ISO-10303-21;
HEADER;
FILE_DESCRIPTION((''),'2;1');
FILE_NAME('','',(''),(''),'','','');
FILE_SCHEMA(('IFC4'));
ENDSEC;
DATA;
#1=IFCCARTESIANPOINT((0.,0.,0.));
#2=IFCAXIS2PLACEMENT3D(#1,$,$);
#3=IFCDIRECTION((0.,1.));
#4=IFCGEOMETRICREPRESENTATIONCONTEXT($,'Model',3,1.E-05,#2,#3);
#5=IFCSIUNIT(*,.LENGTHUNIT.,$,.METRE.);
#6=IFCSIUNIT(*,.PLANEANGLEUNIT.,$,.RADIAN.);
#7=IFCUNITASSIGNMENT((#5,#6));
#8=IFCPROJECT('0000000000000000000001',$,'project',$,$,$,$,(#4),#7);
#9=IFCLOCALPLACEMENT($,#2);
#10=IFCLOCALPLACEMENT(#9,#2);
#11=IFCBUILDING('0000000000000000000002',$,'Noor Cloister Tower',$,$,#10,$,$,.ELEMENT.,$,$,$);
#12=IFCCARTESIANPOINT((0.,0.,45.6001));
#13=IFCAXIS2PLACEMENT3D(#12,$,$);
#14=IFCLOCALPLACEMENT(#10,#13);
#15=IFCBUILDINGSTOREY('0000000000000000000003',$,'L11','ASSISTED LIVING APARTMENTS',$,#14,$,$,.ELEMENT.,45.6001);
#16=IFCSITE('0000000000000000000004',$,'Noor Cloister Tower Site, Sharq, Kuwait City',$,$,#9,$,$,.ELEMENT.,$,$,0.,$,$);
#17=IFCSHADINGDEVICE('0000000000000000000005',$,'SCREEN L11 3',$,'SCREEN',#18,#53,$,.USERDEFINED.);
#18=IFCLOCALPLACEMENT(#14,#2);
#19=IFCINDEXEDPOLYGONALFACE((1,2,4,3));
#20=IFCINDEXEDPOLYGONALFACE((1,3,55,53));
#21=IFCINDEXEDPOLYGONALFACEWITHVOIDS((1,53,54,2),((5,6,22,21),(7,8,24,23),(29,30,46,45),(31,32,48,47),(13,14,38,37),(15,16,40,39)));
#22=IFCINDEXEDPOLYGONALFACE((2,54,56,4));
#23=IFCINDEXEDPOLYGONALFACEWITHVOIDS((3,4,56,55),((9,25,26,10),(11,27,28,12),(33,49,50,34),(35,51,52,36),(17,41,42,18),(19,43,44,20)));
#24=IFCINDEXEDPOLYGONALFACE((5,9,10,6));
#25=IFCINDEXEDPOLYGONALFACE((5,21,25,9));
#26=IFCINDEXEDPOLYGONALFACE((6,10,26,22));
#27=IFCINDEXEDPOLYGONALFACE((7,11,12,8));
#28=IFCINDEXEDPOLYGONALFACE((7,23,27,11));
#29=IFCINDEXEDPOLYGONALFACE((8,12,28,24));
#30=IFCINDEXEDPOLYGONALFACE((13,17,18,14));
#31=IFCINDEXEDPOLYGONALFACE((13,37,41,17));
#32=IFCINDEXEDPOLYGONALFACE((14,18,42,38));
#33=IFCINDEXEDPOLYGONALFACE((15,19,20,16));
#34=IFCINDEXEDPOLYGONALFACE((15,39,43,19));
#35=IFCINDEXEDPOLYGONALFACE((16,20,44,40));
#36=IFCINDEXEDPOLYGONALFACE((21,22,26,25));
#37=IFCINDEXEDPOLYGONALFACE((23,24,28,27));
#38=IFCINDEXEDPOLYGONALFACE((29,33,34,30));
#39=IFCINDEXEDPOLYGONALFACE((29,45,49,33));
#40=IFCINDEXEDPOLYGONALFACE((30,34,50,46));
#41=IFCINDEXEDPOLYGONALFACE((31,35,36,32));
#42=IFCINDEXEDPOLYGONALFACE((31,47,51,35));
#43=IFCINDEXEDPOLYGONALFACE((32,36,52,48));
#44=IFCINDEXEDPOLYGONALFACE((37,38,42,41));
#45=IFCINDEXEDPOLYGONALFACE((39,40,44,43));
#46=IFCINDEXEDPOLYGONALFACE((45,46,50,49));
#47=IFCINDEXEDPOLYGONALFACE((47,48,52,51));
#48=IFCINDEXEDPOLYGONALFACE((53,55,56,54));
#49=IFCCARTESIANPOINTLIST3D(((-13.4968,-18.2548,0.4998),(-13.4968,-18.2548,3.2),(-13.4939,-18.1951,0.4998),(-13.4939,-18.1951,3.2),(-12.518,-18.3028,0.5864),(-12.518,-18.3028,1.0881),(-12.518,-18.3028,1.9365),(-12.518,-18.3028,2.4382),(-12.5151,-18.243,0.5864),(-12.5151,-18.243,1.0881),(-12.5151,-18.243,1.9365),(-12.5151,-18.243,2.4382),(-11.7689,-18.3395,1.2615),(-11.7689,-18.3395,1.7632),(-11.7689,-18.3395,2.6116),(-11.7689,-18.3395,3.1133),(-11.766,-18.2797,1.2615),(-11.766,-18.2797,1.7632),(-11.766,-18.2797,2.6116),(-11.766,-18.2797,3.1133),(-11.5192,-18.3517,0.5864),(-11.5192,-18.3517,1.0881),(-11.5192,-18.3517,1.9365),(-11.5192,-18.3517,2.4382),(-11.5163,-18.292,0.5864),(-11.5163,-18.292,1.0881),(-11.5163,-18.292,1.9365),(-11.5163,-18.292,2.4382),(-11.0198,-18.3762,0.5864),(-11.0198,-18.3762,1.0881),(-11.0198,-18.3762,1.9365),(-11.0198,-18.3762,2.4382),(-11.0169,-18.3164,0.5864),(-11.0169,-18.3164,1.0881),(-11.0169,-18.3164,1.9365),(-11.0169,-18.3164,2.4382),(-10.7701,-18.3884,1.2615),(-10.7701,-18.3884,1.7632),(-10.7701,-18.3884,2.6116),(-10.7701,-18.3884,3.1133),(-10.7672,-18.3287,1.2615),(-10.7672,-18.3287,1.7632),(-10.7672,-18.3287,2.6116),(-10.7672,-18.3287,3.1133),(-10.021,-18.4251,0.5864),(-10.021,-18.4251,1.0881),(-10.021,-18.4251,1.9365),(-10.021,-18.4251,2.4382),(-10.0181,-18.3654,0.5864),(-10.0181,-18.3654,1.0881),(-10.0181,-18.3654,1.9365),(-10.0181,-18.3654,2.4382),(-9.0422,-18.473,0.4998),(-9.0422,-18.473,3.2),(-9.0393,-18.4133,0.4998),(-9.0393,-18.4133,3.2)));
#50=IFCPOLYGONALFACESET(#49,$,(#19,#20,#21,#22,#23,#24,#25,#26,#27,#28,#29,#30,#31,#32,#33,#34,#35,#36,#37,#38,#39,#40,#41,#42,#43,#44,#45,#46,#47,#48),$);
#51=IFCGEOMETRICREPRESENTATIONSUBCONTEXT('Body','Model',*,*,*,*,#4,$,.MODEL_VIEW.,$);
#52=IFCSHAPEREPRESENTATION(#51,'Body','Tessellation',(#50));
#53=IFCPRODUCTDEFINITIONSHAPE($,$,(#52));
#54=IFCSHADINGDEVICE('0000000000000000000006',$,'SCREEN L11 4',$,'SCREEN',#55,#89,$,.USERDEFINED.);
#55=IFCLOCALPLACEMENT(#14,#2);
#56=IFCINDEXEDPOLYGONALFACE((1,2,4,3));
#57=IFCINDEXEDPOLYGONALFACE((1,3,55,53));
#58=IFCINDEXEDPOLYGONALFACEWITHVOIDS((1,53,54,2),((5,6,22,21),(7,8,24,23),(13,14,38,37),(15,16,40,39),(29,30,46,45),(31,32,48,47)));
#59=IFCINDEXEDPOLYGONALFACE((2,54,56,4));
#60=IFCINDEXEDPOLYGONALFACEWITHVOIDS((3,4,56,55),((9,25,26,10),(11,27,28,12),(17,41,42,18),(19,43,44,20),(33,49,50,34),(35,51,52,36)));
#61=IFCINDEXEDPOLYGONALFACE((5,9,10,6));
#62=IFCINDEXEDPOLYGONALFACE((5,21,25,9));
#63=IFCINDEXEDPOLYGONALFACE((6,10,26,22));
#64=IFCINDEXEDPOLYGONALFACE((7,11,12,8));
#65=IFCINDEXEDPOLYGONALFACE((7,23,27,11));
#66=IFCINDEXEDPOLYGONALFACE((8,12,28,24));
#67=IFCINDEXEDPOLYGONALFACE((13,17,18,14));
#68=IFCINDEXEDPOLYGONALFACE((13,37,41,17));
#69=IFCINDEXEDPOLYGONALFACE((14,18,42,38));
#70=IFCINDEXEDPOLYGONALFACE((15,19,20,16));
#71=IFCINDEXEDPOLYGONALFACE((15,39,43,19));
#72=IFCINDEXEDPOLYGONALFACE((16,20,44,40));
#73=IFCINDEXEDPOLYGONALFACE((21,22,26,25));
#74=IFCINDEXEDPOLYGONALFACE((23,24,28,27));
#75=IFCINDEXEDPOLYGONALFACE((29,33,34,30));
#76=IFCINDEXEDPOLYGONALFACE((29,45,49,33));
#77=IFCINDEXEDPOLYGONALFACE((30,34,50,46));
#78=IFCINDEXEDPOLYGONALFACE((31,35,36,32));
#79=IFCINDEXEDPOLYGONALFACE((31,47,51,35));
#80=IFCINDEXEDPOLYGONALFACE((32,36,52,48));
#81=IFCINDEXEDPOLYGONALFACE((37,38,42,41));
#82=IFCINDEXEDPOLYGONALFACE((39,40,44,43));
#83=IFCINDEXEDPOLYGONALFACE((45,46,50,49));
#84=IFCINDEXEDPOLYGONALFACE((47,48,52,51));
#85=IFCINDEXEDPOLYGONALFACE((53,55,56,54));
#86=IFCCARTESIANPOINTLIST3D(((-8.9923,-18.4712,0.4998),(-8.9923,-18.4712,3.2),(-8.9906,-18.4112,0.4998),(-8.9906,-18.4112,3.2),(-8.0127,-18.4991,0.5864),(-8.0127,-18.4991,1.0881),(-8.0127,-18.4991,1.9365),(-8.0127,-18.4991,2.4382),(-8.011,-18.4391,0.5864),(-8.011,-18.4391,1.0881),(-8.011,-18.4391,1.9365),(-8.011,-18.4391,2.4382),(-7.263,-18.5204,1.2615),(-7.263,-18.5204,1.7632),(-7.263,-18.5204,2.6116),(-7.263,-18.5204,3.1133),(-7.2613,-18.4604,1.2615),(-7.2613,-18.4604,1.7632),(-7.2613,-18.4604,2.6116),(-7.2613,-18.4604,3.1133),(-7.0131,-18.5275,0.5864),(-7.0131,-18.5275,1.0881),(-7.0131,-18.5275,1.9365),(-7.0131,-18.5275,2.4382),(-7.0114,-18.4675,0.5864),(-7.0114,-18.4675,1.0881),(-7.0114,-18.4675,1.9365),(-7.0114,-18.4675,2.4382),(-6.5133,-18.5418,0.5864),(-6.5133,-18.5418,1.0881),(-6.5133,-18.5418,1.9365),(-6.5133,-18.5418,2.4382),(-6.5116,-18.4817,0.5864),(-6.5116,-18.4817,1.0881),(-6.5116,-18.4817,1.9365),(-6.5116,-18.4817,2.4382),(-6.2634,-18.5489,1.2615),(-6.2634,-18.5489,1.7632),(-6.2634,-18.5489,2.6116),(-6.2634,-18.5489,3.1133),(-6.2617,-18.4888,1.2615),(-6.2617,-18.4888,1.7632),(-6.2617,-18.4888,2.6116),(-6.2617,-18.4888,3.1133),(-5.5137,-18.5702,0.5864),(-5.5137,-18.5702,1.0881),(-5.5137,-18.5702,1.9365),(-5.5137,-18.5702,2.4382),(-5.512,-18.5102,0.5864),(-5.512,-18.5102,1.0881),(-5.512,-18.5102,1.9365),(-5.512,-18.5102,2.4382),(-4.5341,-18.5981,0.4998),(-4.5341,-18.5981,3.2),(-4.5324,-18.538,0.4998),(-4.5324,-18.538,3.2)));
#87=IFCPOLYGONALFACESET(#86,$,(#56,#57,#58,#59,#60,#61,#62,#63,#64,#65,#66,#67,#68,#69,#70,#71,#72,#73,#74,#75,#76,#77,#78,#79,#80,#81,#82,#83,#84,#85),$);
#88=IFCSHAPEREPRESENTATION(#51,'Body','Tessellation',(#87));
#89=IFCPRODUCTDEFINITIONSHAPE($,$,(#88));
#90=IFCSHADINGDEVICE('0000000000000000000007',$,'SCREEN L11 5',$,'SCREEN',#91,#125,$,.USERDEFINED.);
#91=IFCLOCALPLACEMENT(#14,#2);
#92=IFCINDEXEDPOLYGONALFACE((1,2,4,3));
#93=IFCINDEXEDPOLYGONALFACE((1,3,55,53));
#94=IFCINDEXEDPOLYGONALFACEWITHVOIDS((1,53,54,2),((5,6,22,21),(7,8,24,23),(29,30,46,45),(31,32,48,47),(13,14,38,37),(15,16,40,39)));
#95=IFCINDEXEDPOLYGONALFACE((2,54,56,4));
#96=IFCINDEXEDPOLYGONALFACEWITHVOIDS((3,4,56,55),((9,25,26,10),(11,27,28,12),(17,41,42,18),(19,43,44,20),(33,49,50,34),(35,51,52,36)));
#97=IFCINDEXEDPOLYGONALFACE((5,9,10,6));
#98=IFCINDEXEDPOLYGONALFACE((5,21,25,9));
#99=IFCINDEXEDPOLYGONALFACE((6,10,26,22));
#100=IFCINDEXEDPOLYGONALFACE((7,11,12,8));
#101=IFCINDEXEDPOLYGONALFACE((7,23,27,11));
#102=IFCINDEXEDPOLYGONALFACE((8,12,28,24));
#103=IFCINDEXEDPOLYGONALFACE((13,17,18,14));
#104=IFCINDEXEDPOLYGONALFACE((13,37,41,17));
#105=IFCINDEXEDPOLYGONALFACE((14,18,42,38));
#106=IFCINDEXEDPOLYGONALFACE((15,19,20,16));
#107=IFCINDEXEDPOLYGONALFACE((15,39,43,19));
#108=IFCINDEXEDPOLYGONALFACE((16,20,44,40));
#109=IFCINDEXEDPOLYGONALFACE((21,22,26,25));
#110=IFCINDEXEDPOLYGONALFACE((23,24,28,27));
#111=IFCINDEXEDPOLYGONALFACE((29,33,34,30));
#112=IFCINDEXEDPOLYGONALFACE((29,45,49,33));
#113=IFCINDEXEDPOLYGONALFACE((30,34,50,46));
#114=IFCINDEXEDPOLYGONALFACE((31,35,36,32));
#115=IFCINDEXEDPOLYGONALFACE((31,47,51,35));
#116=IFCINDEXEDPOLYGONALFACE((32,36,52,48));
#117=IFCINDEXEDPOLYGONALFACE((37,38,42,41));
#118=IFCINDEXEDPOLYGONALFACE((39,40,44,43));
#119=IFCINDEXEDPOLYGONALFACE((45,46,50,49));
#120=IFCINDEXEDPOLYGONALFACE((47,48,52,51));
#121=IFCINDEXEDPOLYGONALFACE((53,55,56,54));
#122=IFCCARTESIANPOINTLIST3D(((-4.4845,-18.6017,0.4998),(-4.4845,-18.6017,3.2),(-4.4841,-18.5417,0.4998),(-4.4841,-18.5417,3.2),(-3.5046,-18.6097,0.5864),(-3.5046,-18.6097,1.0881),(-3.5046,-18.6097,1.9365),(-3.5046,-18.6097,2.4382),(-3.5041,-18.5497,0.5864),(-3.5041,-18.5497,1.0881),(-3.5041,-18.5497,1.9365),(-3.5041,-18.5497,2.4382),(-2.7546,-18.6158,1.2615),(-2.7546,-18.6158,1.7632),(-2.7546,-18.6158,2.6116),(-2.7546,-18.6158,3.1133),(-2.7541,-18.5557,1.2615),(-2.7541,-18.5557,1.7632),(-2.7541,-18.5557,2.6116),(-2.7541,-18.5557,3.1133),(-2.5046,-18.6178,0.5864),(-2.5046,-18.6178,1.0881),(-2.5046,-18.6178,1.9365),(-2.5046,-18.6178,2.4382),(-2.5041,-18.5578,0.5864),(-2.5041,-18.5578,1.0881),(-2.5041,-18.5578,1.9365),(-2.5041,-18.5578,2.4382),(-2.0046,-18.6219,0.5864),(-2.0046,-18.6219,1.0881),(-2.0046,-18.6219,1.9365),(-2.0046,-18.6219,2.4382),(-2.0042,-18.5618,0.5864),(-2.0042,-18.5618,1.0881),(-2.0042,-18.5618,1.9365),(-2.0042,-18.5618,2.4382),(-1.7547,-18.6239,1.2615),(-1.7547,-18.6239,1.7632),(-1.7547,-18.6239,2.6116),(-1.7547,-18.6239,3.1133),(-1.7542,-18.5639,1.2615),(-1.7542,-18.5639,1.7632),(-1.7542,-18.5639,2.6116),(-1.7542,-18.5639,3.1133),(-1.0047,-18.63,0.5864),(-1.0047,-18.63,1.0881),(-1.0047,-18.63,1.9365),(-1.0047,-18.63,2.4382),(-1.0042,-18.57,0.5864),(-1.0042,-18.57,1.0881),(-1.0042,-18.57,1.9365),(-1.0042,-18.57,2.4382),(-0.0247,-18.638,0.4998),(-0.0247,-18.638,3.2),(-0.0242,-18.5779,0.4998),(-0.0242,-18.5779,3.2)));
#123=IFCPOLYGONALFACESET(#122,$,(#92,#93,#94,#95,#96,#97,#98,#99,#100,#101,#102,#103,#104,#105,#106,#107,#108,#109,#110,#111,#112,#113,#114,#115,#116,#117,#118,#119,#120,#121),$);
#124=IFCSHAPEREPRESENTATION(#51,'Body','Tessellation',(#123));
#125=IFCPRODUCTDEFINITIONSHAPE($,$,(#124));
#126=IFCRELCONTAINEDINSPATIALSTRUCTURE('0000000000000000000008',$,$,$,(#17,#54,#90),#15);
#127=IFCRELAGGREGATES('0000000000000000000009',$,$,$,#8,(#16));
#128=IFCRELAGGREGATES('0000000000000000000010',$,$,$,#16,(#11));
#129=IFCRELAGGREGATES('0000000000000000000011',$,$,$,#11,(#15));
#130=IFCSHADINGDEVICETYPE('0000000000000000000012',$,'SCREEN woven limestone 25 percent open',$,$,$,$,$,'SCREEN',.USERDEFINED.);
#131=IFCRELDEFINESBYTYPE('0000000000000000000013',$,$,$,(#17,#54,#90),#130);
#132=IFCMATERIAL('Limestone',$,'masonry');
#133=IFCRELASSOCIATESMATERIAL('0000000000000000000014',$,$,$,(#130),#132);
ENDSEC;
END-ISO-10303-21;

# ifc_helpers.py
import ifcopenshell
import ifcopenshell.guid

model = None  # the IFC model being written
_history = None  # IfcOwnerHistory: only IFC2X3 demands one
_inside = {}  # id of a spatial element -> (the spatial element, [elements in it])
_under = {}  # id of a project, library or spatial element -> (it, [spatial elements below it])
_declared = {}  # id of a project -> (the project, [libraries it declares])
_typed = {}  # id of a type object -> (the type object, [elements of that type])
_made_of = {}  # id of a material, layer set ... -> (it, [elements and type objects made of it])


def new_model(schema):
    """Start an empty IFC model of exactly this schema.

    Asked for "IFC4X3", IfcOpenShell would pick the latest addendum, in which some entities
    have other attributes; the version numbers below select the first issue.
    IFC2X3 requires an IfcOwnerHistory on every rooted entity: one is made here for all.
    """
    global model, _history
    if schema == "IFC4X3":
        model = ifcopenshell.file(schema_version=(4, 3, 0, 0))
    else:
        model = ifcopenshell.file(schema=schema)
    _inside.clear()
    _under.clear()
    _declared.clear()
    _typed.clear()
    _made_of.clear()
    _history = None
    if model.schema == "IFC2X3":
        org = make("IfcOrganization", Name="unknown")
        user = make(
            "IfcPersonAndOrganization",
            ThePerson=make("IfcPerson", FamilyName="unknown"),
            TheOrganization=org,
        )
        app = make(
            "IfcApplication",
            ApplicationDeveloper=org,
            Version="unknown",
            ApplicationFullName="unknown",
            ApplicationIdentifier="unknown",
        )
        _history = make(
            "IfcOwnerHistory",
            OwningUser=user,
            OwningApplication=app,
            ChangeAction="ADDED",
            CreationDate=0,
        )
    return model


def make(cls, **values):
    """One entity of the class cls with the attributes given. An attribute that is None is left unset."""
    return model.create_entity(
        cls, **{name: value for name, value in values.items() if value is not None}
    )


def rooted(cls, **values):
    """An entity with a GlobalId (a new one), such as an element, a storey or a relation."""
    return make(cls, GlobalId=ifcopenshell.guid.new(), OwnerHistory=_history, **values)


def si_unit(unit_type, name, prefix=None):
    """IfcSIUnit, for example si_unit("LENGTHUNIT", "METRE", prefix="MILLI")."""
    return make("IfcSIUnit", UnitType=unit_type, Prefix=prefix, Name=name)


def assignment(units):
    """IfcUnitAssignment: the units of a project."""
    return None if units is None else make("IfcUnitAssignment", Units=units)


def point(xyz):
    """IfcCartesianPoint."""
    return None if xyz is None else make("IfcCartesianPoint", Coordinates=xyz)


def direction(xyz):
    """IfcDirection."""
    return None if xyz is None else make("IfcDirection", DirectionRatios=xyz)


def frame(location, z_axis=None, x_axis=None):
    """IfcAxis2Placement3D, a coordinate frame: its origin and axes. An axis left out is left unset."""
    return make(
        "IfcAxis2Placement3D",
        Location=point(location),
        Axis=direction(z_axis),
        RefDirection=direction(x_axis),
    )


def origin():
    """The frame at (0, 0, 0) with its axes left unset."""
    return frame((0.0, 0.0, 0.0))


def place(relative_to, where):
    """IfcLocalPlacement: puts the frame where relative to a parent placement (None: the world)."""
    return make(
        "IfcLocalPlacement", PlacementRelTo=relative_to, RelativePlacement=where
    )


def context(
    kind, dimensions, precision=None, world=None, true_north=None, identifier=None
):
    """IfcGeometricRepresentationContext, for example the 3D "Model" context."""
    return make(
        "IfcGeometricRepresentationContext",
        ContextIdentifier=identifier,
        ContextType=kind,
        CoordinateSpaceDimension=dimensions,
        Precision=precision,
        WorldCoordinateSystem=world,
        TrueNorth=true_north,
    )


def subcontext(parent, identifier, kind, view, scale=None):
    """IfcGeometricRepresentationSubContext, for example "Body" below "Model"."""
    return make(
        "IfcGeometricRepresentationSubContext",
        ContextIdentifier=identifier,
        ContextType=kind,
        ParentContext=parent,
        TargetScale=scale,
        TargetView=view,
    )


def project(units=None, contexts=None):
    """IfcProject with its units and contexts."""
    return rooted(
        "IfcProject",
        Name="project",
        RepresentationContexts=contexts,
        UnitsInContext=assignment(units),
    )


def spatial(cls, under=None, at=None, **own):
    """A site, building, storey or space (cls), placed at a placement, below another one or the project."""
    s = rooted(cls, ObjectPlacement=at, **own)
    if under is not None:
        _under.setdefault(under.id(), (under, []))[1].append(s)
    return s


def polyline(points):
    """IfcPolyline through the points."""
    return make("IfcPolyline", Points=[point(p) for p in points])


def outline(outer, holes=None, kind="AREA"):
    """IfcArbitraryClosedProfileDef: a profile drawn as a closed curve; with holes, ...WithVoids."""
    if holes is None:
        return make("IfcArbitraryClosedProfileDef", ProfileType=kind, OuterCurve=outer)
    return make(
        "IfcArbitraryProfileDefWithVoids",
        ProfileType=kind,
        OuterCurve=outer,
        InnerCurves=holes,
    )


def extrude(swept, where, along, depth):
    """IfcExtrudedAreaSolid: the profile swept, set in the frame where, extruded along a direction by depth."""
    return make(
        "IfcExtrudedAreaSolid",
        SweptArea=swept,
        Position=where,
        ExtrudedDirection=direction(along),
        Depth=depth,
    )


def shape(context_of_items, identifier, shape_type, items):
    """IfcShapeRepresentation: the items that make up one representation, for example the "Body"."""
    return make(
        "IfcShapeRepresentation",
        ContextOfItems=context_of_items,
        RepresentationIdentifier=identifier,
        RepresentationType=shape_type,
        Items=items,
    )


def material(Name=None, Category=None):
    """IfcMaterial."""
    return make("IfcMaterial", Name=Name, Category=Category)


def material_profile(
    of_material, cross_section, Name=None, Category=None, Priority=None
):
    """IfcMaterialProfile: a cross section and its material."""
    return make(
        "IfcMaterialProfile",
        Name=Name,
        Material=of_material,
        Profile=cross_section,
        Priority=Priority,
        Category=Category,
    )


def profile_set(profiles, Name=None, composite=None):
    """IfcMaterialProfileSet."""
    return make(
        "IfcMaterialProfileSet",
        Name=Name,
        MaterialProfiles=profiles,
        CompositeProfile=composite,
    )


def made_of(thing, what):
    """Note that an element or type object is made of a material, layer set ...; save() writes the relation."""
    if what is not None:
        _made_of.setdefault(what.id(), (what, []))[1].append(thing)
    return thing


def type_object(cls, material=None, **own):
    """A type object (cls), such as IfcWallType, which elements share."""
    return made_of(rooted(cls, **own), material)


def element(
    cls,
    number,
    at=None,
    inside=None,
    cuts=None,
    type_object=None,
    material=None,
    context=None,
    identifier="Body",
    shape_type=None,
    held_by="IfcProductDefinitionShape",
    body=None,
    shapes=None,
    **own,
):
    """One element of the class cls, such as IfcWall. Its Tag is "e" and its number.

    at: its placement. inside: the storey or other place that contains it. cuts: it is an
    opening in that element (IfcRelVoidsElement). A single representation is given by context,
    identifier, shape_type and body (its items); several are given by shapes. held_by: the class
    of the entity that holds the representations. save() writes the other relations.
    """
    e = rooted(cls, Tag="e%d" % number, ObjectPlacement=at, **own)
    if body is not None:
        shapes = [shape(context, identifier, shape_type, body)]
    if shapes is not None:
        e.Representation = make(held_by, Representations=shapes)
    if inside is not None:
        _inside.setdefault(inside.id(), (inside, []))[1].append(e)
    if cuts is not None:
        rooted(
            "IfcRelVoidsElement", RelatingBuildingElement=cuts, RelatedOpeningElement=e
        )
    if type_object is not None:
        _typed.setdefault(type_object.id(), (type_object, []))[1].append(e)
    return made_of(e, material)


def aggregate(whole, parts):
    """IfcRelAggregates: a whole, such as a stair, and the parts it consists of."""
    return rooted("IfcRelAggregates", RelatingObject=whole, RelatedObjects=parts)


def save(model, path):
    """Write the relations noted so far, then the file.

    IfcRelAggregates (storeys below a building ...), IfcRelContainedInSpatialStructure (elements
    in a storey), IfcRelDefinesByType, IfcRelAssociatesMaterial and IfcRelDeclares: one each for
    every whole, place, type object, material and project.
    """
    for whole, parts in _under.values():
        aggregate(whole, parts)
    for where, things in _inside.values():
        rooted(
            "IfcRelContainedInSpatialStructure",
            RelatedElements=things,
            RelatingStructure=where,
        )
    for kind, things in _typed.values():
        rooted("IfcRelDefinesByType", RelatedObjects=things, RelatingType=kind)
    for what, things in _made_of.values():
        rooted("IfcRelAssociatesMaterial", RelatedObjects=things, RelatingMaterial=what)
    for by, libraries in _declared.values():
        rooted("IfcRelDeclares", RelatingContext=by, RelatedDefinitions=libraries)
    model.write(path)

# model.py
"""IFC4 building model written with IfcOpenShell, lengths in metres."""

from ifc_helpers import new_model, si_unit, direction, frame, origin, place, context, subcontext, project, spatial, polyline, outline, extrude, material, material_profile, profile_set, type_object, element, save


model = new_model("IFC4")

# Units and contexts
model_context = context("Model", 3, precision=1e-05, world=origin(), true_north=direction((0.0, 1.0)))
body_context = subcontext(model_context, "Body", "Model", "MODEL_VIEW")
ifc_project = project(units=[si_unit("LENGTHUNIT", "METRE"), si_unit("PLANEANGLEUNIT", "RADIAN")], contexts=[model_context])

# Site, building, storey
site_placement = place(None, origin())
site = spatial("IfcSite", under=ifc_project, at=site_placement, Name="Noor Cloister Tower Site, Sharq, Kuwait City", CompositionType="ELEMENT", RefElevation=0.0)
building_placement = place(site_placement, origin())
building = spatial("IfcBuilding", under=site, at=building_placement, Name="Noor Cloister Tower", CompositionType="ELEMENT")
storey_placement = place(building_placement, frame((0.0, 0.0, 45.6001)))
storey = spatial("IfcBuildingStorey", under=building, at=storey_placement, Name="L11", Description="ASSISTED LIVING APARTMENTS", CompositionType="ELEMENT", Elevation=45.6001)

# Shading devices
ifc_material_1 = material(Name="Limestone", Category="masonry")
ifc_material_profile_1 = material_profile(ifc_material_1, outline(polyline([(-2.23, -1.3501), (2.23, -1.3501), (2.23, 1.3501), (-2.23, 1.3501), (-2.23, -1.3501)]), holes=[polyline([(-1.25, -1.2634), (-0.25, -1.2634), (-0.25, -0.7617), (-1.25, -0.7617), (-1.25, -1.2634)]), polyline([(0.25, -1.2634), (1.25, -1.2634), (1.25, -0.7617), (0.25, -0.7617), (0.25, -1.2634)]), polyline([(-0.5, -0.5884), (0.5, -0.5884), (0.5, -0.0867), (-0.5, -0.0867), (-0.5, -0.5884)]), polyline([(-1.25, 0.0867), (-0.25, 0.0867), (-0.25, 0.5884), (-1.25, 0.5884), (-1.25, 0.0867)]), polyline([(0.25, 0.0867), (1.25, 0.0867), (1.25, 0.5884), (0.25, 0.5884), (0.25, 0.0867)]), polyline([(-0.5, 0.7617), (0.5, 0.7617), (0.5, 1.2634), (-0.5, 1.2634), (-0.5, 0.7617)])]), Name="Woven screen 25 percent open")
ifc_profile_set_1 = profile_set([ifc_material_profile_1], Name="Limestone")
shading_device_type = type_object("IfcShadingDeviceType", Name="SCREEN woven limestone 25 percent open", ElementType="SCREEN", PredefinedType="USERDEFINED", material=ifc_profile_set_1)
shading_device_placement = place(storey_placement, frame((-11.2666, -18.3042, 1.8499), z_axis=(-0.048921, -0.998803, 0.0), x_axis=(0.998803, -0.048921, 0.0)))
element("IfcShadingDevice", 1, at=shading_device_placement, inside=storey, type_object=shading_device_type, Name="SCREEN L11 3", ObjectType="SCREEN", PredefinedType="USERDEFINED", context=body_context, shape_type="SweptSolid", body=[
    extrude(outline(polyline([(-2.23, -1.3501), (2.23, -1.3501), (2.23, 1.3501), (-2.23, 1.3501), (-2.23, -1.3501)]), holes=[polyline([(-1.25, -1.2634), (-0.25, -1.2634), (-0.25, -0.7617), (-1.25, -0.7617), (-1.25, -1.2634)]), polyline([(0.25, -1.2634), (1.25, -1.2634), (1.25, -0.7617), (0.25, -0.7617), (0.25, -1.2634)]), polyline([(-0.5, -0.5884), (0.5, -0.5884), (0.5, -0.0867), (-0.5, -0.0867), (-0.5, -0.5884)]), polyline([(-1.25, 0.0867), (-0.25, 0.0867), (-0.25, 0.5884), (-1.25, 0.5884), (-1.25, 0.0867)]), polyline([(0.25, 0.0867), (1.25, 0.0867), (1.25, 0.5884), (0.25, 0.5884), (0.25, 0.0867)]), polyline([(-0.5, 0.7617), (0.5, 0.7617), (0.5, 1.2634), (-0.5, 1.2634), (-0.5, 0.7617)])]), origin(), (0.0, 0.0, 1.0), 0.0598),
])
for number, where, z_axis, x_axis, name in (
    (2, (-6.7615, -18.4746, 1.8499), (-0.028444, -0.999595, 0.0), (0.999595, -0.028444, 0.0), "SCREEN L11 4"),
    (3, (-2.2542, -18.5598, 1.8499), (-0.00813, -0.999967, 0.0), (0.999967, -0.00813, 0.0), "SCREEN L11 5"),
):
    element("IfcShadingDevice", number, at=place(storey_placement, frame(where, z_axis=z_axis, x_axis=x_axis)), inside=storey, type_object=shading_device_type, Name=name, ObjectType="SCREEN", PredefinedType="USERDEFINED", context=body_context, shape_type="SweptSolid", body=[
        extrude(outline(polyline([(-2.23, -1.3501), (2.23, -1.3501), (2.23, 1.3501), (-2.23, 1.3501), (-2.23, -1.3501)]), holes=[polyline([(-1.25, -1.2634), (-0.25, -1.2634), (-0.25, -0.7617), (-1.25, -0.7617), (-1.25, -1.2634)]), polyline([(0.25, -1.2634), (1.25, -1.2634), (1.25, -0.7617), (0.25, -0.7617), (0.25, -1.2634)]), polyline([(-0.5, -0.5884), (0.5, -0.5884), (0.5, -0.0867), (-0.5, -0.0867), (-0.5, -0.5884)]), polyline([(-1.25, 0.0867), (-0.25, 0.0867), (-0.25, 0.5884), (-1.25, 0.5884), (-1.25, 0.0867)]), polyline([(0.25, 0.0867), (1.25, 0.0867), (1.25, 0.5884), (0.25, 0.5884), (0.25, 0.0867)]), polyline([(-0.5, 0.7617), (0.5, 0.7617), (0.5, 1.2634), (-0.5, 1.2634), (-0.5, 0.7617)])]), origin(), (0.0, 0.0, 1.0), 0.0601),
    ])

save(model, "model.ifc")
